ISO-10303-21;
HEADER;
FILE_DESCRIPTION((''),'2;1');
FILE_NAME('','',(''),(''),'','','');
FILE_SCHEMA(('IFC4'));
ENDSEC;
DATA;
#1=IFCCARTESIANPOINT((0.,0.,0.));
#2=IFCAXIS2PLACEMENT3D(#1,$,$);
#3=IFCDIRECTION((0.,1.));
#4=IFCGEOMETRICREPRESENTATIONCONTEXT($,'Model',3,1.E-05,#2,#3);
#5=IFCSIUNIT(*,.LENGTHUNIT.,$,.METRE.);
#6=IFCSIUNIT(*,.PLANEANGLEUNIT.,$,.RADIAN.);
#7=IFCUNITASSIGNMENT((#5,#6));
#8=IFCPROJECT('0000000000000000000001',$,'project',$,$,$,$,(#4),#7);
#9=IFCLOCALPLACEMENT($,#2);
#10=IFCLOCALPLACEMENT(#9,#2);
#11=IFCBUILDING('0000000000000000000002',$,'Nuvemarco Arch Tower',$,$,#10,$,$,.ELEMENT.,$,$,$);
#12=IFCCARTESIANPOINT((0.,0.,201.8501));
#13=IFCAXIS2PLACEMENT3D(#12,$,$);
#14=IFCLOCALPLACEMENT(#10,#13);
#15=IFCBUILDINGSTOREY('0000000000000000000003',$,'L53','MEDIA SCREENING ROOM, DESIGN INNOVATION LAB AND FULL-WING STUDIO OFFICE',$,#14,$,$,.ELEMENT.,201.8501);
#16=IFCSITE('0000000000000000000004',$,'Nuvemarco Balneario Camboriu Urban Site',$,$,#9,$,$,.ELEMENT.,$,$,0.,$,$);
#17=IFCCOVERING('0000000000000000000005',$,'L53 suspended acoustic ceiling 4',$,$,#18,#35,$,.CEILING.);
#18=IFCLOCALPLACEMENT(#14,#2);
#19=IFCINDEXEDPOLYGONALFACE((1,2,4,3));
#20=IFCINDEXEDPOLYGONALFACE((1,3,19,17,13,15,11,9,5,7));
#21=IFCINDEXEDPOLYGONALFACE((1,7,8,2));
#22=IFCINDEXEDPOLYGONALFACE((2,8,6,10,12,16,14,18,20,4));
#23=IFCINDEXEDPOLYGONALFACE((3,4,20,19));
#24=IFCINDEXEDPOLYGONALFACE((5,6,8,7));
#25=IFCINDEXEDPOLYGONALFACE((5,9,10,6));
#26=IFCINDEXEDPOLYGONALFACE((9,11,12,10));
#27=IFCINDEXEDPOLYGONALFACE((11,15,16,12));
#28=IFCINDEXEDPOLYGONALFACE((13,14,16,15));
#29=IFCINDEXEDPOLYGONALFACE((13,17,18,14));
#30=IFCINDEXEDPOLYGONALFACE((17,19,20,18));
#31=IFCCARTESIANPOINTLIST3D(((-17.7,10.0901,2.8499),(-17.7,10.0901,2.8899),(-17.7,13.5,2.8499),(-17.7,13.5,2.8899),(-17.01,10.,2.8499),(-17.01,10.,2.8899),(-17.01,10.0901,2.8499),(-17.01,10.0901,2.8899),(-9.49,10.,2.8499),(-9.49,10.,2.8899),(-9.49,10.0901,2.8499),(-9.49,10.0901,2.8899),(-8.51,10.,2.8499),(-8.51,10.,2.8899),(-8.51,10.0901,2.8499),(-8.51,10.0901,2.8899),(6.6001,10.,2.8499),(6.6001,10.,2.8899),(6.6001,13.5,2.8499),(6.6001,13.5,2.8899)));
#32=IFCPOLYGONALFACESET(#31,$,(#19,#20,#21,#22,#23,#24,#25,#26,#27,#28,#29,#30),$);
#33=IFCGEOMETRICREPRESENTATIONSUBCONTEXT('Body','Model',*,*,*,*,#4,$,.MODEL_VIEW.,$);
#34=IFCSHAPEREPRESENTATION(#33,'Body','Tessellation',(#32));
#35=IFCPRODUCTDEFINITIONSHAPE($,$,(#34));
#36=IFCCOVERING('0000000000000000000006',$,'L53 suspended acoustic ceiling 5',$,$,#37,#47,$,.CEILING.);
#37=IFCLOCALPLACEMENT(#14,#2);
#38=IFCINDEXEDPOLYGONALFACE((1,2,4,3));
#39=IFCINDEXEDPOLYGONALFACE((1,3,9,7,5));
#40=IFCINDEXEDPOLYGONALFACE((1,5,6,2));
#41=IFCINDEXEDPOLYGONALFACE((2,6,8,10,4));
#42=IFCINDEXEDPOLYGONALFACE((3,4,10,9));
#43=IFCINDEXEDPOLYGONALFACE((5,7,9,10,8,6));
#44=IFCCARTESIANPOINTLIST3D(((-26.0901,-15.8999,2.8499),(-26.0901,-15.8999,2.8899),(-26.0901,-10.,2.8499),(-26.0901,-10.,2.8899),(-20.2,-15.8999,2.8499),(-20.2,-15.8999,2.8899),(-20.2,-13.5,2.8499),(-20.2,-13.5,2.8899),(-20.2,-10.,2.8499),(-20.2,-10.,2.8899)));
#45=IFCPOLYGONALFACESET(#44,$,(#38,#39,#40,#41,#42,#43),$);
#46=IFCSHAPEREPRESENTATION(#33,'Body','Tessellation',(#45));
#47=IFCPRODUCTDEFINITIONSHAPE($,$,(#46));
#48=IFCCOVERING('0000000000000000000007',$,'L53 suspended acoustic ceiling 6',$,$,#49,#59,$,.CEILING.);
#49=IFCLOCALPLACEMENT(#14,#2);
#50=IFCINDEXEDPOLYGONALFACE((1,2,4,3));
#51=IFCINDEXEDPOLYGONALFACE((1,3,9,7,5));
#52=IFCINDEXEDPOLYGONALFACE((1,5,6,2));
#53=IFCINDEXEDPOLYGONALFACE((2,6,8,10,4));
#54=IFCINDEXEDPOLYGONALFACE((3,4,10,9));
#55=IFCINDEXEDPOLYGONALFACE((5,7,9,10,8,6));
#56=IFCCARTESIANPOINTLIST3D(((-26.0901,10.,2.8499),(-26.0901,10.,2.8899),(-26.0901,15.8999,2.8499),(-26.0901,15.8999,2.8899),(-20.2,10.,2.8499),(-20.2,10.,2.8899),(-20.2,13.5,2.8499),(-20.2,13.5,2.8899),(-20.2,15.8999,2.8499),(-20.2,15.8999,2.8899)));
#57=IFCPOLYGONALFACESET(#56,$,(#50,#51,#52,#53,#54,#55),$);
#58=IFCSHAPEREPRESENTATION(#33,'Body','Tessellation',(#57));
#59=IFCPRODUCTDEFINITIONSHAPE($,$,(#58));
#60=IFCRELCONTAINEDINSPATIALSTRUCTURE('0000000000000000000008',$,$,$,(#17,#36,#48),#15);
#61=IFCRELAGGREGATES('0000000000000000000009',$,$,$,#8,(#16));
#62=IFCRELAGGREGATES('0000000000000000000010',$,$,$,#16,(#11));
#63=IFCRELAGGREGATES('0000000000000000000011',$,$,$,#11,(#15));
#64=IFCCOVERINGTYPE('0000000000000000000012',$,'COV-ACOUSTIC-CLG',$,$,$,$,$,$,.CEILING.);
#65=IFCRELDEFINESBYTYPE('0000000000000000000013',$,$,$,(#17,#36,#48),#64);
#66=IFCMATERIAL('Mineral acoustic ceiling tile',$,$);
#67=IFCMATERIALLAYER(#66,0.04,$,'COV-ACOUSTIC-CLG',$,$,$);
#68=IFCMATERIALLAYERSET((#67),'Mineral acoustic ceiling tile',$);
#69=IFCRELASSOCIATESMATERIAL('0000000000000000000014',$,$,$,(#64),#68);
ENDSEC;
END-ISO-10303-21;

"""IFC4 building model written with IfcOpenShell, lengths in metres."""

from ifc_helpers import new_model, si_unit, direction, frame, origin, place, context, subcontext, project, spatial, polyline, outline, extrude, material, layer, layer_set, type_object, element, save


model = new_model("IFC4")

# Units and contexts
model_context = context("Model", 3, precision=1e-05, world=origin(), true_north=direction((0.0, 1.0)))
body_context = subcontext(model_context, "Body", "Model", "MODEL_VIEW")
ifc_project = project(units=[si_unit("LENGTHUNIT", "METRE"), si_unit("PLANEANGLEUNIT", "RADIAN")], contexts=[model_context])

# Site, building, storey
site_placement = place(None, origin())
site = spatial("IfcSite", under=ifc_project, at=site_placement, Name="Nuvemarco Balneario Camboriu Urban Site", CompositionType="ELEMENT", RefElevation=0.0)
building_placement = place(site_placement, origin())
building = spatial("IfcBuilding", under=site, at=building_placement, Name="Nuvemarco Arch Tower", CompositionType="ELEMENT")
storey_placement = place(building_placement, frame((0.0, 0.0, 201.8501)))
storey = spatial("IfcBuildingStorey", under=building, at=storey_placement, Name="L53", Description="MEDIA SCREENING ROOM, DESIGN INNOVATION LAB AND FULL-WING STUDIO OFFICE", CompositionType="ELEMENT", Elevation=201.8501)

# Coverings
ifc_material_1 = material(Name="Mineral acoustic ceiling tile")
ifc_layer_1 = layer(ifc_material_1, 0.04, Name="COV-ACOUSTIC-CLG")
ifc_layer_set_1 = layer_set([ifc_layer_1], Name="Mineral acoustic ceiling tile")
covering_type = type_object("IfcCoveringType", Name="COV-ACOUSTIC-CLG", PredefinedType="CEILING", material=ifc_layer_set_1)
covering_1_placement = place(storey_placement, frame((0.0, 0.0, 2.8499)))
element("IfcCovering", 1, at=covering_1_placement, inside=storey, type_object=covering_type, Name="L53 suspended acoustic ceiling 4", PredefinedType="CEILING", context=body_context, shape_type="SweptSolid", body=[
    extrude(outline(polyline([(6.6001, 13.5), (6.6001, 10.0), (-8.51, 10.0), (-8.51, 10.0901), (-9.49, 10.0901), (-9.49, 10.0), (-17.01, 10.0), (-17.01, 10.0901), (-17.7, 10.0901), (-17.7, 13.5), (6.6001, 13.5)])), origin(), (0.0, 0.0, 1.0), 0.04),
])
covering_2_placement = place(storey_placement, frame((0.0, 0.0, 2.8499)))
element("IfcCovering", 2, at=covering_2_placement, inside=storey, type_object=covering_type, Name="L53 suspended acoustic ceiling 5", PredefinedType="CEILING", context=body_context, shape_type="SweptSolid", body=[
    extrude(outline(polyline([(-20.2, -15.8999), (-26.0901, -15.8999), (-26.0901, -10.0), (-20.2, -10.0), (-20.2, -13.5), (-20.2, -15.8999)])), origin(), (0.0, 0.0, 1.0), 0.04),
])
covering_3_placement = place(storey_placement, frame((0.0, 0.0, 2.8499)))
element("IfcCovering", 3, at=covering_3_placement, inside=storey, type_object=covering_type, Name="L53 suspended acoustic ceiling 6", PredefinedType="CEILING", context=body_context, shape_type="SweptSolid", body=[
    extrude(outline(polyline([(-20.2, 10.0), (-26.0901, 10.0), (-26.0901, 15.8999), (-20.2, 15.8999), (-20.2, 13.5), (-20.2, 10.0)])), origin(), (0.0, 0.0, 1.0), 0.04),
])

save(model, "model.ifc")
